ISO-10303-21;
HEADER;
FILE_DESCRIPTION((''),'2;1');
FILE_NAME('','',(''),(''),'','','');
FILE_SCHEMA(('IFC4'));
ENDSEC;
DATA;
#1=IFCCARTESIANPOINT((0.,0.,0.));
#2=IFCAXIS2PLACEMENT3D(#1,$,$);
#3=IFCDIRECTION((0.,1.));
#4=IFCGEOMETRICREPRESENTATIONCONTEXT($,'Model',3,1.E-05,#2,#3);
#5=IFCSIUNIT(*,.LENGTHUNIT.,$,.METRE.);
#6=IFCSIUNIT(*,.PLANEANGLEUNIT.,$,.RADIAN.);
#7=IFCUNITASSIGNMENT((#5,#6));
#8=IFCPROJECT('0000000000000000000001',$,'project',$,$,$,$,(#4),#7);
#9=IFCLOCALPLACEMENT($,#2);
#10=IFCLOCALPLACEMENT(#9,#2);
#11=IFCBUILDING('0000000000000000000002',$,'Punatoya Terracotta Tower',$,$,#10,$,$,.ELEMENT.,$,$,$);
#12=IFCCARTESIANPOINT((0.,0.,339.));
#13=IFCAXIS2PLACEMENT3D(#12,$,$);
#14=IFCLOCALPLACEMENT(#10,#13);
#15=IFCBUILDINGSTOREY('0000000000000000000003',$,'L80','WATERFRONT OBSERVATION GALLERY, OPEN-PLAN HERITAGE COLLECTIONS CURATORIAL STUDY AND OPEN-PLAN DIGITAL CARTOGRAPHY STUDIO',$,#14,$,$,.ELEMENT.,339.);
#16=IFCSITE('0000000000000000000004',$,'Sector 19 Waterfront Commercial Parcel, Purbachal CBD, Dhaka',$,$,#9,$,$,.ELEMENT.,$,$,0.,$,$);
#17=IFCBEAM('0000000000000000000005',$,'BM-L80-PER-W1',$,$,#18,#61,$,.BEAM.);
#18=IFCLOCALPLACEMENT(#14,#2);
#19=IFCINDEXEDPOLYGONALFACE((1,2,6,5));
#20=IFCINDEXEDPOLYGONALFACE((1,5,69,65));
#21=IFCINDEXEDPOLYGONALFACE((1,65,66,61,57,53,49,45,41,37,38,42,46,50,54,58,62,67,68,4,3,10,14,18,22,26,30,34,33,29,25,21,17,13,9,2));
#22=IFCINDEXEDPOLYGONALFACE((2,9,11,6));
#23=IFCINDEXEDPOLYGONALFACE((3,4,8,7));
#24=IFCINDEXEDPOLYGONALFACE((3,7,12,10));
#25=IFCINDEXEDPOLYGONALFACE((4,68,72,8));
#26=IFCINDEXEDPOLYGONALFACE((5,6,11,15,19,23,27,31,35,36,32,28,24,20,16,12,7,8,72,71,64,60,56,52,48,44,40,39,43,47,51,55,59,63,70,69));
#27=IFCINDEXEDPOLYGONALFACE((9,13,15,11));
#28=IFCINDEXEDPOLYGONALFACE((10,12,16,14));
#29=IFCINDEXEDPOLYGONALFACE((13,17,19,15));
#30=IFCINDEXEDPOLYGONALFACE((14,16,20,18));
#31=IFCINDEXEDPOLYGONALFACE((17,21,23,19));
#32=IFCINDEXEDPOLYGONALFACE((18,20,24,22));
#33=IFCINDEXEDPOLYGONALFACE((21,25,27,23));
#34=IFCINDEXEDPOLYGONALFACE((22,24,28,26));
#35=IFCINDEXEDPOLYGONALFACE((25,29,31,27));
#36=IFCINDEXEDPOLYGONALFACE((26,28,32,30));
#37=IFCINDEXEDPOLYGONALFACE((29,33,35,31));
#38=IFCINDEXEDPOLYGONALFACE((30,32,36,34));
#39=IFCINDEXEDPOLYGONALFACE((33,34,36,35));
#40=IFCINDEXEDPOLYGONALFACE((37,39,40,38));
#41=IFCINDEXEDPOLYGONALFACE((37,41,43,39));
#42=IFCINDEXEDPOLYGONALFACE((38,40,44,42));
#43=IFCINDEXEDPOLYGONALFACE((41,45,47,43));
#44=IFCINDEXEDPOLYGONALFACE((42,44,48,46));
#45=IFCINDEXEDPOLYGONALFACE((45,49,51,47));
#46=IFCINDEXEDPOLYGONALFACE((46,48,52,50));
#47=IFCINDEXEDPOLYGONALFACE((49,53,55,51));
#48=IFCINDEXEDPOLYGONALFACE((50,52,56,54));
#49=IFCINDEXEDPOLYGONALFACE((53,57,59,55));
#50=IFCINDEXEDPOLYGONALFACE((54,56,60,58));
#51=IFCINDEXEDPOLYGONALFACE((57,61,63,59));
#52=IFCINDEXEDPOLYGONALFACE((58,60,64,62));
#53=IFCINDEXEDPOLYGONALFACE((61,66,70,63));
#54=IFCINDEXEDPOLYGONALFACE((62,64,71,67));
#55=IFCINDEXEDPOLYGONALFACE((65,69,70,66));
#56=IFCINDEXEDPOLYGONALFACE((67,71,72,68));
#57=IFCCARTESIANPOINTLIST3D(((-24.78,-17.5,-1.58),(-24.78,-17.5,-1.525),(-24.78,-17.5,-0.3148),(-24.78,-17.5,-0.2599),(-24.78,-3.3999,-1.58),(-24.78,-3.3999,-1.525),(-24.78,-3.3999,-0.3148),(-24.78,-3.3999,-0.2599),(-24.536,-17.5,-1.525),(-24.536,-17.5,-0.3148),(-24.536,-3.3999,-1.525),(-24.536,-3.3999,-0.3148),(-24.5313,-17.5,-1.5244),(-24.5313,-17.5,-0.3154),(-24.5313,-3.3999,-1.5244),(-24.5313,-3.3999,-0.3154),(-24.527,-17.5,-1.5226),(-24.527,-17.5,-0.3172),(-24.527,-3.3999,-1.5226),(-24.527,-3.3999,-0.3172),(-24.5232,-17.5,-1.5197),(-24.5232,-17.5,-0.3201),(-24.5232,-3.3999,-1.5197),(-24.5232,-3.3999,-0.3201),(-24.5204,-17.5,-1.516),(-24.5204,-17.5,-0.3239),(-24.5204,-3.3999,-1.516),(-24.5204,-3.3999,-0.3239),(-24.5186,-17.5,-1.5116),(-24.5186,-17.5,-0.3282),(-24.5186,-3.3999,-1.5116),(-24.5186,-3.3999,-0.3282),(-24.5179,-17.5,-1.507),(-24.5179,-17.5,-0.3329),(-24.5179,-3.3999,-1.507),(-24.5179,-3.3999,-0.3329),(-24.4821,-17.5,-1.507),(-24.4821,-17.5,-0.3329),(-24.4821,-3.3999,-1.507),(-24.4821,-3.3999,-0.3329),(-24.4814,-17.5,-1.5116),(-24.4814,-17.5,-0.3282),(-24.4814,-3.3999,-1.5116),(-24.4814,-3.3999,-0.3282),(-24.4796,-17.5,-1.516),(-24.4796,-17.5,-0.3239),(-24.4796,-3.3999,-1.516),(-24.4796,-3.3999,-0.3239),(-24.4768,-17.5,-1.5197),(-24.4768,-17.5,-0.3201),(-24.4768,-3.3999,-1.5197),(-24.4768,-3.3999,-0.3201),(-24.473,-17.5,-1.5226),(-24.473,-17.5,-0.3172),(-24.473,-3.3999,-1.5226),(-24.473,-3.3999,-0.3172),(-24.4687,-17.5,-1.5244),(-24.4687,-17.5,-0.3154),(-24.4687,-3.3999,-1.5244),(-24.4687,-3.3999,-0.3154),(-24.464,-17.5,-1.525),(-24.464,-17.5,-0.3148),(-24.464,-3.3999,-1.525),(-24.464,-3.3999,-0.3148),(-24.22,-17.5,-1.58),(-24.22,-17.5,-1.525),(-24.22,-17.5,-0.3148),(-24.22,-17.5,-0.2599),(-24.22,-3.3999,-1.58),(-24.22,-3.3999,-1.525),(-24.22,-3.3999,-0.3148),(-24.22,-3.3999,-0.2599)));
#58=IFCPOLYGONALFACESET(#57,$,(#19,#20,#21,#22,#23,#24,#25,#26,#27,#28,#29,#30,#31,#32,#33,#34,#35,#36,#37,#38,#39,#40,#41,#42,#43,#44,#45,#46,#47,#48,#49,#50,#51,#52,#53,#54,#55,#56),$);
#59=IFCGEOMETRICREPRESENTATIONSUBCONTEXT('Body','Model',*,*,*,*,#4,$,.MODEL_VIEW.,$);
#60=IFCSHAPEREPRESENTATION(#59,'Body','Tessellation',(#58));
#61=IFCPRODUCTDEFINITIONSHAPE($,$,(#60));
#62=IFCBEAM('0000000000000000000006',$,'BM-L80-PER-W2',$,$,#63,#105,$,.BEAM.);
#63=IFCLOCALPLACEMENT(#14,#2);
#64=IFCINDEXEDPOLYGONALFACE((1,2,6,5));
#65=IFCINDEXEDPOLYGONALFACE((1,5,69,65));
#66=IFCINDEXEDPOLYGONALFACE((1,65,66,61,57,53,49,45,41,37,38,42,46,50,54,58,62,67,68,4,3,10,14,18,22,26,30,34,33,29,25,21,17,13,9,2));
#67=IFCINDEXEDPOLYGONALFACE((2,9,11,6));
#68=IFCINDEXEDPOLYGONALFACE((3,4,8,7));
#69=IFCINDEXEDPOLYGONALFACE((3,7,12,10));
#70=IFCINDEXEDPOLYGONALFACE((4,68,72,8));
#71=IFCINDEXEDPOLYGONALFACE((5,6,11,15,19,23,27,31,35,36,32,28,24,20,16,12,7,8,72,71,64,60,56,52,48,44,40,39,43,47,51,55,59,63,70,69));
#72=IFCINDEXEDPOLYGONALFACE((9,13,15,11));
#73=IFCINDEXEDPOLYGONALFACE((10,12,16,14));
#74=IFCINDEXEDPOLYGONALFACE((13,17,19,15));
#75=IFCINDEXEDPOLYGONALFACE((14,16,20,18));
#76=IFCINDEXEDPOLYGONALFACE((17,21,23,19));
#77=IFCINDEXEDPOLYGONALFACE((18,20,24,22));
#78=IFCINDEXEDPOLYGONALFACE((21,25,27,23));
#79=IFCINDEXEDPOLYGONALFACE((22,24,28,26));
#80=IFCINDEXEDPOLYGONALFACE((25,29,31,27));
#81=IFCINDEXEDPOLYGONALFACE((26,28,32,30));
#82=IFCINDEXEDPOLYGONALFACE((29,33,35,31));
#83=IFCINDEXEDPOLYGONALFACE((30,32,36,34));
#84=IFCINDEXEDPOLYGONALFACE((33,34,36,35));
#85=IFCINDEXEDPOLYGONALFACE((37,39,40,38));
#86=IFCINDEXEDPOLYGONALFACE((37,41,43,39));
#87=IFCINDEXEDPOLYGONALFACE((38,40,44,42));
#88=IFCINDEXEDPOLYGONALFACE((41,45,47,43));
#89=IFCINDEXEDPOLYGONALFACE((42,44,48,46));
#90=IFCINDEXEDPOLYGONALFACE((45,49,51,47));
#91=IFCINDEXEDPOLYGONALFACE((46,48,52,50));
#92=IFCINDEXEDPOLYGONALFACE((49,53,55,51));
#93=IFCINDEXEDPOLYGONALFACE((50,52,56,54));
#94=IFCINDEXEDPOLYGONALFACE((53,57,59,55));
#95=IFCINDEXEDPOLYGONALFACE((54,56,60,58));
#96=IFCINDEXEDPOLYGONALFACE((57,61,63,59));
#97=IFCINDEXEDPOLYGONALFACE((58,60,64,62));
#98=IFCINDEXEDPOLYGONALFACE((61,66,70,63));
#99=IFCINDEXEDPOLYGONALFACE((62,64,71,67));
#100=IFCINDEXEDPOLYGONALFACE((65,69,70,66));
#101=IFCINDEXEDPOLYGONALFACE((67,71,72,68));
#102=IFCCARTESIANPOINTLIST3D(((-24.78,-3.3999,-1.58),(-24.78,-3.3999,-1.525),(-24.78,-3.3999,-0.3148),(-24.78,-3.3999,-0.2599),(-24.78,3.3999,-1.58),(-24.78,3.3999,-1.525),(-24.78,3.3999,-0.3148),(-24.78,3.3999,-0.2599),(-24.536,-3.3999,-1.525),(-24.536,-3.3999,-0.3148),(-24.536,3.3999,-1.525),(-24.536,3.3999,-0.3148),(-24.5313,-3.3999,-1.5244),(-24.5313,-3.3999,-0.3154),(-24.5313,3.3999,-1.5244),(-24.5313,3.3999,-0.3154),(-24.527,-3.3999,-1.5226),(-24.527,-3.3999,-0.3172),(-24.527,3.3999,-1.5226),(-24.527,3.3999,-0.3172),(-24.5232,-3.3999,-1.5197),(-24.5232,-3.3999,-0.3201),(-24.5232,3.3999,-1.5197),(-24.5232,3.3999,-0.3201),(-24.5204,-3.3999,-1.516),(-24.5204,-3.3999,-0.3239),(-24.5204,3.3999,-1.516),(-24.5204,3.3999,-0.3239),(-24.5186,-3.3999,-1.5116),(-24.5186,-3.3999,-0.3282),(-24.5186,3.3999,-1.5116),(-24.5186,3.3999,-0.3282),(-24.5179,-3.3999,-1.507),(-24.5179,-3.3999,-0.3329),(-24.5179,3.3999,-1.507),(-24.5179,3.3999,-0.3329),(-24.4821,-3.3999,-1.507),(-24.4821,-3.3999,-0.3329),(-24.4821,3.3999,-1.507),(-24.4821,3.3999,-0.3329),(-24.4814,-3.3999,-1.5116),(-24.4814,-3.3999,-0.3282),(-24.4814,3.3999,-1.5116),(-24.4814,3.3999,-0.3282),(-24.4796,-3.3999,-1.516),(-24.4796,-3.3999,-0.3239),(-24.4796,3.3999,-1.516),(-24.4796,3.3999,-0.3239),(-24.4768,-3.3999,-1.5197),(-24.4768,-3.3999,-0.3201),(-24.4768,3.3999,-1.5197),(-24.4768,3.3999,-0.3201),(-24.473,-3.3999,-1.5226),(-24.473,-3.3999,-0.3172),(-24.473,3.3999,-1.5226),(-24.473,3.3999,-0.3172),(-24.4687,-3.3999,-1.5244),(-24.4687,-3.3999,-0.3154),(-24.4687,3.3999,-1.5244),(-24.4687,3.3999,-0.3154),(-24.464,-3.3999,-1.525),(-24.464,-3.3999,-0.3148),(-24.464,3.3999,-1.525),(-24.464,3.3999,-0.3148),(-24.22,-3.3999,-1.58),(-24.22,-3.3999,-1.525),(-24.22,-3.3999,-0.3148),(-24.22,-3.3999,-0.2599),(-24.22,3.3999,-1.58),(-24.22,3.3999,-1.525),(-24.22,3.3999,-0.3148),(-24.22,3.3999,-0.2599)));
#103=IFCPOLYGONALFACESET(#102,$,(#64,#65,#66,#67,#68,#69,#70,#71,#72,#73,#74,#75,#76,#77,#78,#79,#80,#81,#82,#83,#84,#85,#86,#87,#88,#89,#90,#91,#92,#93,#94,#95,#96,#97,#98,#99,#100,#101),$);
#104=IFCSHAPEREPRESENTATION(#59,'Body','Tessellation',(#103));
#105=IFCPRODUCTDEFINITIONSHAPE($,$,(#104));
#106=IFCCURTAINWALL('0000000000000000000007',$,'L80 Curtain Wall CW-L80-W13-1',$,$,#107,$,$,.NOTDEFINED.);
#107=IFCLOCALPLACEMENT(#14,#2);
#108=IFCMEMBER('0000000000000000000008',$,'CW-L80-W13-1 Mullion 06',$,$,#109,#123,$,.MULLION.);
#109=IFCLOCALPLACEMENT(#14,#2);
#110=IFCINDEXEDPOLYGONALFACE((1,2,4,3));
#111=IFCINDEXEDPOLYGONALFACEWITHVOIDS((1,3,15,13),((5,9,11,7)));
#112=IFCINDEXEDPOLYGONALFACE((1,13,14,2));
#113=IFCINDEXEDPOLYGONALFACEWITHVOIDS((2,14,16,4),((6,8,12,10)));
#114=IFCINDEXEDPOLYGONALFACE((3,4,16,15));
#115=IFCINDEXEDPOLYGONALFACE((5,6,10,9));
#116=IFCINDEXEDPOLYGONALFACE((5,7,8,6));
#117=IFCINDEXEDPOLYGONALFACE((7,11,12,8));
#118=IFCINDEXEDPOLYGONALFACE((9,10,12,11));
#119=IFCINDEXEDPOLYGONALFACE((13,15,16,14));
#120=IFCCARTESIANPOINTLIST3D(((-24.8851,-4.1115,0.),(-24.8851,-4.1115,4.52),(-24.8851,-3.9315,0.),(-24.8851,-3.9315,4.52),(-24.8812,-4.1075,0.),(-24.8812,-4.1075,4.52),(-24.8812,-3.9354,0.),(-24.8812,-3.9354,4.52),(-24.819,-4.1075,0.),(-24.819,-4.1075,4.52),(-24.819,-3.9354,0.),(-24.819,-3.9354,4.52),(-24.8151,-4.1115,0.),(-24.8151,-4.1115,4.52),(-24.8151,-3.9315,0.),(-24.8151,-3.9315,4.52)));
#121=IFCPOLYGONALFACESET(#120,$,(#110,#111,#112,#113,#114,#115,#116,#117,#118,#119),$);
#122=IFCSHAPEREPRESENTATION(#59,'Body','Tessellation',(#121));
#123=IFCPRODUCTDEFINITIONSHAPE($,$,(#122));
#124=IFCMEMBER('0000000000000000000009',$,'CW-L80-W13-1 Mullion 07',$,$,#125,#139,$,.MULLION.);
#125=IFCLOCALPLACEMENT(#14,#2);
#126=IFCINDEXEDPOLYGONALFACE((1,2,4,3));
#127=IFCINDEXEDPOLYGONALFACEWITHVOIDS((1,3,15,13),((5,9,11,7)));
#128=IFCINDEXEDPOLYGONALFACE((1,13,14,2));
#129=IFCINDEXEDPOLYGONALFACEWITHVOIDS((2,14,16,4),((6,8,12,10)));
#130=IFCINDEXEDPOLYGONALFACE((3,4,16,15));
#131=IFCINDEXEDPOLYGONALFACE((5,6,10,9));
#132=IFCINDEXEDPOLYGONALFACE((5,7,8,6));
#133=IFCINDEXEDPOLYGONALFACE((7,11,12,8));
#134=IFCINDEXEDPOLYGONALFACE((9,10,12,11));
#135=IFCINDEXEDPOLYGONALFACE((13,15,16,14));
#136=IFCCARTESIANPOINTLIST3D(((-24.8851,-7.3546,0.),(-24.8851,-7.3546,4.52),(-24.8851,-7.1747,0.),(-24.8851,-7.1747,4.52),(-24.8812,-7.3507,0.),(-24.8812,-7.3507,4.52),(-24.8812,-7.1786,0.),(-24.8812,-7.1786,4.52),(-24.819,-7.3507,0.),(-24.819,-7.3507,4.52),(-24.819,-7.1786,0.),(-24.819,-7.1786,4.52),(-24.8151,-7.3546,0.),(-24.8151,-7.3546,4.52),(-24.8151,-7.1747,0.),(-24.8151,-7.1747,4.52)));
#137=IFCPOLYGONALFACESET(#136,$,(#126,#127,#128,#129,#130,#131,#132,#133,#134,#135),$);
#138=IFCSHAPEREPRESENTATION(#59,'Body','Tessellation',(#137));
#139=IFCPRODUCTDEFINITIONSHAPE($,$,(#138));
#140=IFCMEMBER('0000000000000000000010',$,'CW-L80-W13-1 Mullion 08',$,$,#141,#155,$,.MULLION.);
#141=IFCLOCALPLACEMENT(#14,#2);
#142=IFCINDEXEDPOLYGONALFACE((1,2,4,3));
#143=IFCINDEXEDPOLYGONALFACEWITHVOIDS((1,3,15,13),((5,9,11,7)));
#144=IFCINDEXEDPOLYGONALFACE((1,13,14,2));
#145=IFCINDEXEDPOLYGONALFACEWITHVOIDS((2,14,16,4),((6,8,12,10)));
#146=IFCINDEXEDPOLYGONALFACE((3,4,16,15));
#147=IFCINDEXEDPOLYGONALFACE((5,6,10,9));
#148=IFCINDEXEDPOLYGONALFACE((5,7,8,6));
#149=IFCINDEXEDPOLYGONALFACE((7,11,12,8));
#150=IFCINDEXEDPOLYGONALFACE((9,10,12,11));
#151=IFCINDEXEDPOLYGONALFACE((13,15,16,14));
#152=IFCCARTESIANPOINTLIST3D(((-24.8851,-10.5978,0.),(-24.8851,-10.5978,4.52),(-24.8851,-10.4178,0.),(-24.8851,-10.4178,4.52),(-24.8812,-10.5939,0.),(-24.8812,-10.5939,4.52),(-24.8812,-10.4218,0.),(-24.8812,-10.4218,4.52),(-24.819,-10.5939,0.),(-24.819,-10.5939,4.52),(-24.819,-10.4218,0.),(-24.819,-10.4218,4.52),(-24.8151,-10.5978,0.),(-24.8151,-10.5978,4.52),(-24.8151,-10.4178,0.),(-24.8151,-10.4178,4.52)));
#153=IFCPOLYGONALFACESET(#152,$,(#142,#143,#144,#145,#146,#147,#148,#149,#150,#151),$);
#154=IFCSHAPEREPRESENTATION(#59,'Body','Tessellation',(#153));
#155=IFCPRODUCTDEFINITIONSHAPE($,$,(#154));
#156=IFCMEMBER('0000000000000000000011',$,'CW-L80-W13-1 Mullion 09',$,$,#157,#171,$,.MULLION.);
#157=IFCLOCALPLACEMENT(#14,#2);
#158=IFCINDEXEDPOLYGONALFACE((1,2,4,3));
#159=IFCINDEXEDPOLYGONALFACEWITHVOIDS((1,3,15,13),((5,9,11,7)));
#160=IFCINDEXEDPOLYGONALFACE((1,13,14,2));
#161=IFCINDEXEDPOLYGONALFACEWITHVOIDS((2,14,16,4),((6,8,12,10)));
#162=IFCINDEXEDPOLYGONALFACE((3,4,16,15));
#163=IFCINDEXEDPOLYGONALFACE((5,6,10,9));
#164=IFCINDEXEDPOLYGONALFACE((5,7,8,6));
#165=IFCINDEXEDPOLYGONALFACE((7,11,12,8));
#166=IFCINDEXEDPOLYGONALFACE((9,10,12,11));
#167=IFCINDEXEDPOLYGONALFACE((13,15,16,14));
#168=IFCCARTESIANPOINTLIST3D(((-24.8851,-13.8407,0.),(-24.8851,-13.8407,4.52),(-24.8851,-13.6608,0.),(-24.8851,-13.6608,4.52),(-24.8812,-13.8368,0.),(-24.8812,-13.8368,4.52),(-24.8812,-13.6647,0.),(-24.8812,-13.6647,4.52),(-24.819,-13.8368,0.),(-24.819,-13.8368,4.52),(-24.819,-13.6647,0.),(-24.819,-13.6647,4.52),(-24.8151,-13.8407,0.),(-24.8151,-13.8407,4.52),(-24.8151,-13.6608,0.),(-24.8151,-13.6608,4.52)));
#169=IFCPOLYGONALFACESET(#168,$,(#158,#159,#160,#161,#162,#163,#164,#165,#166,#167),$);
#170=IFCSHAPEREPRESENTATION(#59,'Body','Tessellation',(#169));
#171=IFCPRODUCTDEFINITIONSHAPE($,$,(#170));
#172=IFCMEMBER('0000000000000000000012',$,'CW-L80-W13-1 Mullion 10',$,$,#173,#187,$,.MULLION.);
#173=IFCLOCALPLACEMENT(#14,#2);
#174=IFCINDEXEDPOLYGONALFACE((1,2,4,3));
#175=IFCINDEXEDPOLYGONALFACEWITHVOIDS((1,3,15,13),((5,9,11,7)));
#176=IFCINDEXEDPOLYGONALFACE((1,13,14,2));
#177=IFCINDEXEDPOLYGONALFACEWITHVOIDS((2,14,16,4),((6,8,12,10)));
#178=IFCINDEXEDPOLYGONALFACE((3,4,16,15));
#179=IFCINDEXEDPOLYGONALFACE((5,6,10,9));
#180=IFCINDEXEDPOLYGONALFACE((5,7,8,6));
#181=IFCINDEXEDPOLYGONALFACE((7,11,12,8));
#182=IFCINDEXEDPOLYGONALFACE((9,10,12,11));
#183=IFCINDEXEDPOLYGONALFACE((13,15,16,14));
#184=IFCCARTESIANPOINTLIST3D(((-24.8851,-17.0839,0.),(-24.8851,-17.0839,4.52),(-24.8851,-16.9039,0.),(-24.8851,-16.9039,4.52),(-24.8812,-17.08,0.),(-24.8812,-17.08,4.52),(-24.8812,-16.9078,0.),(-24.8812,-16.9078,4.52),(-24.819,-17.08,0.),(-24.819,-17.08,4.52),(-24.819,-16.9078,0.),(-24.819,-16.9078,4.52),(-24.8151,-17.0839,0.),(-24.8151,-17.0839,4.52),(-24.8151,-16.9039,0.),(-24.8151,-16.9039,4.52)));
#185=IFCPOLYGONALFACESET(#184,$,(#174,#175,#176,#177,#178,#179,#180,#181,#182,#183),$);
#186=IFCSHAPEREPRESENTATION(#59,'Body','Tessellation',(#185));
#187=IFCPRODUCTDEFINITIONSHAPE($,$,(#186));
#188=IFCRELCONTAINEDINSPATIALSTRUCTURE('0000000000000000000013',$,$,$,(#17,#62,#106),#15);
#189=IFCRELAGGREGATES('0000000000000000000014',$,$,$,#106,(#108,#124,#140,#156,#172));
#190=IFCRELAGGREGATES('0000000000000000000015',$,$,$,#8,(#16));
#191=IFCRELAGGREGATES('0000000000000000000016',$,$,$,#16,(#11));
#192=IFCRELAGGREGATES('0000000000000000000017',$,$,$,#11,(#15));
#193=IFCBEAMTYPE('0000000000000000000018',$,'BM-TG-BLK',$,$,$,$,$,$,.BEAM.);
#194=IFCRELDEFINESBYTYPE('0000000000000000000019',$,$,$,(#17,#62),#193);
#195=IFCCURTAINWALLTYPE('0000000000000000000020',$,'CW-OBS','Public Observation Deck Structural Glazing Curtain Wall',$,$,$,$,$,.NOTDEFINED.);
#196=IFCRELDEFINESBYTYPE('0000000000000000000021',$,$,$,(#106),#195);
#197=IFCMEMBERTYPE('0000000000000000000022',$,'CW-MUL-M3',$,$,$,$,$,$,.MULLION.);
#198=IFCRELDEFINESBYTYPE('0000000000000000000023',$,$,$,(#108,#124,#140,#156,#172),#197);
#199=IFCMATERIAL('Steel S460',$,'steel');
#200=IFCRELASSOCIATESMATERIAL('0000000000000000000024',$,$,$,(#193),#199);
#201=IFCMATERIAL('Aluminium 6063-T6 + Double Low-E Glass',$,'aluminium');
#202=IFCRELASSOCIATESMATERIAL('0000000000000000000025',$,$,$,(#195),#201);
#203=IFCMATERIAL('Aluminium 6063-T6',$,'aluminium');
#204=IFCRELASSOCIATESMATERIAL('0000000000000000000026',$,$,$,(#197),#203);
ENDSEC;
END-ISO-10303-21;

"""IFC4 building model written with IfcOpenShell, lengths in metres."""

from ifc_helpers import new_model, si_unit, direction, frame, origin, origin_2d, place, context, subcontext, project, spatial, hollow_rectangle, i_section, extrude, material, material_profile, profile_set, type_object, element, aggregate, save


model = new_model("IFC4")

# Units and contexts
model_context = context("Model", 3, precision=1e-05, world=origin(), true_north=direction((0.0, 1.0)))
body_context = subcontext(model_context, "Body", "Model", "MODEL_VIEW")
ifc_project = project(units=[si_unit("LENGTHUNIT", "METRE"), si_unit("PLANEANGLEUNIT", "RADIAN")], contexts=[model_context])

# Site, building, storey
site_placement = place(None, origin())
site = spatial("IfcSite", under=ifc_project, at=site_placement, Name="Sector 19 Waterfront Commercial Parcel, Purbachal CBD, Dhaka", CompositionType="ELEMENT", RefElevation=0.0)
building_placement = place(site_placement, origin())
building = spatial("IfcBuilding", under=site, at=building_placement, Name="Punatoya Terracotta Tower", CompositionType="ELEMENT")
storey_placement = place(building_placement, frame((0.0, 0.0, 339.0)))
storey = spatial("IfcBuildingStorey", under=building, at=storey_placement, Name="L80", Description="WATERFRONT OBSERVATION GALLERY, OPEN-PLAN HERITAGE COLLECTIONS CURATORIAL STUDY AND OPEN-PLAN DIGITAL CARTOGRAPHY STUDIO", CompositionType="ELEMENT", Elevation=339.0)

# Beams
ifc_material_1 = material(Name="Steel S460", Category="steel")
ifc_material_profile_1 = material_profile(ifc_material_1, i_section(OverallWidth=0.5601, OverallDepth=1.3201, WebThickness=0.0359, FlangeThickness=0.0549, FilletRadius=0.0181, at=origin_2d()))
ifc_profile_set_1 = profile_set([ifc_material_profile_1], Name="Steel S460")
beam_type = type_object("IfcBeamType", Name="BM-TG-BLK", PredefinedType="BEAM", material=ifc_profile_set_1)
beam_1_placement = place(storey_placement, frame((-24.5, -17.5, -0.9199), z_axis=(0.0, 1.0, 0.0), x_axis=(-1.0, 0.0, 0.0)))
element("IfcBeam", 1, at=beam_1_placement, inside=storey, type_object=beam_type, Name="BM-L80-PER-W1", PredefinedType="BEAM", context=body_context, shape_type="SweptSolid", body=[
    extrude(i_section(OverallWidth=0.5601, OverallDepth=1.3201, WebThickness=0.0359, FlangeThickness=0.0549, FilletRadius=0.0181, at=origin_2d()), origin(), (0.0, 0.0, 1.0), 14.1001),
])
beam_2_placement = place(storey_placement, frame((-24.5, -3.3999, -0.9199), z_axis=(0.0, 1.0, 0.0), x_axis=(-1.0, 0.0, 0.0)))
element("IfcBeam", 2, at=beam_2_placement, inside=storey, type_object=beam_type, Name="BM-L80-PER-W2", PredefinedType="BEAM", context=body_context, shape_type="SweptSolid", body=[
    extrude(i_section(OverallWidth=0.5601, OverallDepth=1.3201, WebThickness=0.0359, FlangeThickness=0.0549, FilletRadius=0.0181, at=origin_2d()), origin(), (0.0, 0.0, 1.0), 6.7998),
])

# Curtain wall, members
ifc_material_2 = material(Name="Aluminium 6063-T6 + Double Low-E Glass", Category="aluminium")
curtain_wall_type = type_object("IfcCurtainWallType", Name="CW-OBS", Description="Public Observation Deck Structural Glazing Curtain Wall", PredefinedType="NOTDEFINED", material=ifc_material_2)
curtain_wall_1_placement = place(storey_placement, origin())
curtain_wall_1 = element("IfcCurtainWall", 3, at=curtain_wall_1_placement, inside=storey, type_object=curtain_wall_type, Name="L80 Curtain Wall CW-L80-W13-1", PredefinedType="NOTDEFINED")
ifc_material_3 = material(Name="Aluminium 6063-T6", Category="aluminium")
ifc_material_profile_2 = material_profile(ifc_material_3, hollow_rectangle(XDim=0.0701, YDim=0.1799, WallThickness=0.0039, at=origin_2d()))
ifc_profile_set_2 = profile_set([ifc_material_profile_2], Name="Aluminium 6063-T6")
member_type_1 = type_object("IfcMemberType", Name="CW-MUL-M3", PredefinedType="MULLION", material=ifc_profile_set_2)
member_1_placement = place(storey_placement, frame((-24.8501, -4.0215, 0.0), z_axis=(0.0, 0.0, 1.0), x_axis=(1.0, 0.0, 0.0)))
member_1 = element("IfcMember", 4, at=member_1_placement, type_object=member_type_1, Name="CW-L80-W13-1 Mullion 06", PredefinedType="MULLION", context=body_context, shape_type="SweptSolid", body=[
    extrude(hollow_rectangle(XDim=0.0701, YDim=0.1799, WallThickness=0.0039, at=origin_2d()), origin(), (0.0, 0.0, 1.0), 4.52),
])
member_2_placement = place(storey_placement, frame((-24.8501, -7.2646, 0.0), z_axis=(0.0, 0.0, 1.0), x_axis=(1.0, 0.0, 0.0)))
member_2 = element("IfcMember", 5, at=member_2_placement, type_object=member_type_1, Name="CW-L80-W13-1 Mullion 07", PredefinedType="MULLION", context=body_context, shape_type="SweptSolid", body=[
    extrude(hollow_rectangle(XDim=0.0701, YDim=0.1799, WallThickness=0.0039, at=origin_2d()), origin(), (0.0, 0.0, 1.0), 4.52),
])
member_3_placement = place(storey_placement, frame((-24.8501, -10.5078, 0.0), z_axis=(0.0, 0.0, 1.0), x_axis=(1.0, 0.0, 0.0)))
member_3 = element("IfcMember", 6, at=member_3_placement, type_object=member_type_1, Name="CW-L80-W13-1 Mullion 08", PredefinedType="MULLION", context=body_context, shape_type="SweptSolid", body=[
    extrude(hollow_rectangle(XDim=0.0701, YDim=0.1799, WallThickness=0.0039, at=origin_2d()), origin(), (0.0, 0.0, 1.0), 4.52),
])
member_4_placement = place(storey_placement, frame((-24.8501, -13.7507, 0.0), z_axis=(0.0, 0.0, 1.0), x_axis=(1.0, 0.0, 0.0)))
member_4 = element("IfcMember", 7, at=member_4_placement, type_object=member_type_1, Name="CW-L80-W13-1 Mullion 09", PredefinedType="MULLION", context=body_context, shape_type="SweptSolid", body=[
    extrude(hollow_rectangle(XDim=0.0701, YDim=0.1799, WallThickness=0.0039, at=origin_2d()), origin(), (0.0, 0.0, 1.0), 4.52),
])
member_5_placement = place(storey_placement, frame((-24.8501, -16.9939, 0.0), z_axis=(0.0, 0.0, 1.0), x_axis=(1.0, 0.0, 0.0)))
member_5 = element("IfcMember", 8, at=member_5_placement, type_object=member_type_1, Name="CW-L80-W13-1 Mullion 10", PredefinedType="MULLION", context=body_context, shape_type="SweptSolid", body=[
    extrude(hollow_rectangle(XDim=0.0701, YDim=0.1799, WallThickness=0.0039, at=origin_2d()), origin(), (0.0, 0.0, 1.0), 4.52),
])

aggregate(curtain_wall_1, [member_1, member_2, member_3, member_4, member_5])

save(model, "model.ifc")
